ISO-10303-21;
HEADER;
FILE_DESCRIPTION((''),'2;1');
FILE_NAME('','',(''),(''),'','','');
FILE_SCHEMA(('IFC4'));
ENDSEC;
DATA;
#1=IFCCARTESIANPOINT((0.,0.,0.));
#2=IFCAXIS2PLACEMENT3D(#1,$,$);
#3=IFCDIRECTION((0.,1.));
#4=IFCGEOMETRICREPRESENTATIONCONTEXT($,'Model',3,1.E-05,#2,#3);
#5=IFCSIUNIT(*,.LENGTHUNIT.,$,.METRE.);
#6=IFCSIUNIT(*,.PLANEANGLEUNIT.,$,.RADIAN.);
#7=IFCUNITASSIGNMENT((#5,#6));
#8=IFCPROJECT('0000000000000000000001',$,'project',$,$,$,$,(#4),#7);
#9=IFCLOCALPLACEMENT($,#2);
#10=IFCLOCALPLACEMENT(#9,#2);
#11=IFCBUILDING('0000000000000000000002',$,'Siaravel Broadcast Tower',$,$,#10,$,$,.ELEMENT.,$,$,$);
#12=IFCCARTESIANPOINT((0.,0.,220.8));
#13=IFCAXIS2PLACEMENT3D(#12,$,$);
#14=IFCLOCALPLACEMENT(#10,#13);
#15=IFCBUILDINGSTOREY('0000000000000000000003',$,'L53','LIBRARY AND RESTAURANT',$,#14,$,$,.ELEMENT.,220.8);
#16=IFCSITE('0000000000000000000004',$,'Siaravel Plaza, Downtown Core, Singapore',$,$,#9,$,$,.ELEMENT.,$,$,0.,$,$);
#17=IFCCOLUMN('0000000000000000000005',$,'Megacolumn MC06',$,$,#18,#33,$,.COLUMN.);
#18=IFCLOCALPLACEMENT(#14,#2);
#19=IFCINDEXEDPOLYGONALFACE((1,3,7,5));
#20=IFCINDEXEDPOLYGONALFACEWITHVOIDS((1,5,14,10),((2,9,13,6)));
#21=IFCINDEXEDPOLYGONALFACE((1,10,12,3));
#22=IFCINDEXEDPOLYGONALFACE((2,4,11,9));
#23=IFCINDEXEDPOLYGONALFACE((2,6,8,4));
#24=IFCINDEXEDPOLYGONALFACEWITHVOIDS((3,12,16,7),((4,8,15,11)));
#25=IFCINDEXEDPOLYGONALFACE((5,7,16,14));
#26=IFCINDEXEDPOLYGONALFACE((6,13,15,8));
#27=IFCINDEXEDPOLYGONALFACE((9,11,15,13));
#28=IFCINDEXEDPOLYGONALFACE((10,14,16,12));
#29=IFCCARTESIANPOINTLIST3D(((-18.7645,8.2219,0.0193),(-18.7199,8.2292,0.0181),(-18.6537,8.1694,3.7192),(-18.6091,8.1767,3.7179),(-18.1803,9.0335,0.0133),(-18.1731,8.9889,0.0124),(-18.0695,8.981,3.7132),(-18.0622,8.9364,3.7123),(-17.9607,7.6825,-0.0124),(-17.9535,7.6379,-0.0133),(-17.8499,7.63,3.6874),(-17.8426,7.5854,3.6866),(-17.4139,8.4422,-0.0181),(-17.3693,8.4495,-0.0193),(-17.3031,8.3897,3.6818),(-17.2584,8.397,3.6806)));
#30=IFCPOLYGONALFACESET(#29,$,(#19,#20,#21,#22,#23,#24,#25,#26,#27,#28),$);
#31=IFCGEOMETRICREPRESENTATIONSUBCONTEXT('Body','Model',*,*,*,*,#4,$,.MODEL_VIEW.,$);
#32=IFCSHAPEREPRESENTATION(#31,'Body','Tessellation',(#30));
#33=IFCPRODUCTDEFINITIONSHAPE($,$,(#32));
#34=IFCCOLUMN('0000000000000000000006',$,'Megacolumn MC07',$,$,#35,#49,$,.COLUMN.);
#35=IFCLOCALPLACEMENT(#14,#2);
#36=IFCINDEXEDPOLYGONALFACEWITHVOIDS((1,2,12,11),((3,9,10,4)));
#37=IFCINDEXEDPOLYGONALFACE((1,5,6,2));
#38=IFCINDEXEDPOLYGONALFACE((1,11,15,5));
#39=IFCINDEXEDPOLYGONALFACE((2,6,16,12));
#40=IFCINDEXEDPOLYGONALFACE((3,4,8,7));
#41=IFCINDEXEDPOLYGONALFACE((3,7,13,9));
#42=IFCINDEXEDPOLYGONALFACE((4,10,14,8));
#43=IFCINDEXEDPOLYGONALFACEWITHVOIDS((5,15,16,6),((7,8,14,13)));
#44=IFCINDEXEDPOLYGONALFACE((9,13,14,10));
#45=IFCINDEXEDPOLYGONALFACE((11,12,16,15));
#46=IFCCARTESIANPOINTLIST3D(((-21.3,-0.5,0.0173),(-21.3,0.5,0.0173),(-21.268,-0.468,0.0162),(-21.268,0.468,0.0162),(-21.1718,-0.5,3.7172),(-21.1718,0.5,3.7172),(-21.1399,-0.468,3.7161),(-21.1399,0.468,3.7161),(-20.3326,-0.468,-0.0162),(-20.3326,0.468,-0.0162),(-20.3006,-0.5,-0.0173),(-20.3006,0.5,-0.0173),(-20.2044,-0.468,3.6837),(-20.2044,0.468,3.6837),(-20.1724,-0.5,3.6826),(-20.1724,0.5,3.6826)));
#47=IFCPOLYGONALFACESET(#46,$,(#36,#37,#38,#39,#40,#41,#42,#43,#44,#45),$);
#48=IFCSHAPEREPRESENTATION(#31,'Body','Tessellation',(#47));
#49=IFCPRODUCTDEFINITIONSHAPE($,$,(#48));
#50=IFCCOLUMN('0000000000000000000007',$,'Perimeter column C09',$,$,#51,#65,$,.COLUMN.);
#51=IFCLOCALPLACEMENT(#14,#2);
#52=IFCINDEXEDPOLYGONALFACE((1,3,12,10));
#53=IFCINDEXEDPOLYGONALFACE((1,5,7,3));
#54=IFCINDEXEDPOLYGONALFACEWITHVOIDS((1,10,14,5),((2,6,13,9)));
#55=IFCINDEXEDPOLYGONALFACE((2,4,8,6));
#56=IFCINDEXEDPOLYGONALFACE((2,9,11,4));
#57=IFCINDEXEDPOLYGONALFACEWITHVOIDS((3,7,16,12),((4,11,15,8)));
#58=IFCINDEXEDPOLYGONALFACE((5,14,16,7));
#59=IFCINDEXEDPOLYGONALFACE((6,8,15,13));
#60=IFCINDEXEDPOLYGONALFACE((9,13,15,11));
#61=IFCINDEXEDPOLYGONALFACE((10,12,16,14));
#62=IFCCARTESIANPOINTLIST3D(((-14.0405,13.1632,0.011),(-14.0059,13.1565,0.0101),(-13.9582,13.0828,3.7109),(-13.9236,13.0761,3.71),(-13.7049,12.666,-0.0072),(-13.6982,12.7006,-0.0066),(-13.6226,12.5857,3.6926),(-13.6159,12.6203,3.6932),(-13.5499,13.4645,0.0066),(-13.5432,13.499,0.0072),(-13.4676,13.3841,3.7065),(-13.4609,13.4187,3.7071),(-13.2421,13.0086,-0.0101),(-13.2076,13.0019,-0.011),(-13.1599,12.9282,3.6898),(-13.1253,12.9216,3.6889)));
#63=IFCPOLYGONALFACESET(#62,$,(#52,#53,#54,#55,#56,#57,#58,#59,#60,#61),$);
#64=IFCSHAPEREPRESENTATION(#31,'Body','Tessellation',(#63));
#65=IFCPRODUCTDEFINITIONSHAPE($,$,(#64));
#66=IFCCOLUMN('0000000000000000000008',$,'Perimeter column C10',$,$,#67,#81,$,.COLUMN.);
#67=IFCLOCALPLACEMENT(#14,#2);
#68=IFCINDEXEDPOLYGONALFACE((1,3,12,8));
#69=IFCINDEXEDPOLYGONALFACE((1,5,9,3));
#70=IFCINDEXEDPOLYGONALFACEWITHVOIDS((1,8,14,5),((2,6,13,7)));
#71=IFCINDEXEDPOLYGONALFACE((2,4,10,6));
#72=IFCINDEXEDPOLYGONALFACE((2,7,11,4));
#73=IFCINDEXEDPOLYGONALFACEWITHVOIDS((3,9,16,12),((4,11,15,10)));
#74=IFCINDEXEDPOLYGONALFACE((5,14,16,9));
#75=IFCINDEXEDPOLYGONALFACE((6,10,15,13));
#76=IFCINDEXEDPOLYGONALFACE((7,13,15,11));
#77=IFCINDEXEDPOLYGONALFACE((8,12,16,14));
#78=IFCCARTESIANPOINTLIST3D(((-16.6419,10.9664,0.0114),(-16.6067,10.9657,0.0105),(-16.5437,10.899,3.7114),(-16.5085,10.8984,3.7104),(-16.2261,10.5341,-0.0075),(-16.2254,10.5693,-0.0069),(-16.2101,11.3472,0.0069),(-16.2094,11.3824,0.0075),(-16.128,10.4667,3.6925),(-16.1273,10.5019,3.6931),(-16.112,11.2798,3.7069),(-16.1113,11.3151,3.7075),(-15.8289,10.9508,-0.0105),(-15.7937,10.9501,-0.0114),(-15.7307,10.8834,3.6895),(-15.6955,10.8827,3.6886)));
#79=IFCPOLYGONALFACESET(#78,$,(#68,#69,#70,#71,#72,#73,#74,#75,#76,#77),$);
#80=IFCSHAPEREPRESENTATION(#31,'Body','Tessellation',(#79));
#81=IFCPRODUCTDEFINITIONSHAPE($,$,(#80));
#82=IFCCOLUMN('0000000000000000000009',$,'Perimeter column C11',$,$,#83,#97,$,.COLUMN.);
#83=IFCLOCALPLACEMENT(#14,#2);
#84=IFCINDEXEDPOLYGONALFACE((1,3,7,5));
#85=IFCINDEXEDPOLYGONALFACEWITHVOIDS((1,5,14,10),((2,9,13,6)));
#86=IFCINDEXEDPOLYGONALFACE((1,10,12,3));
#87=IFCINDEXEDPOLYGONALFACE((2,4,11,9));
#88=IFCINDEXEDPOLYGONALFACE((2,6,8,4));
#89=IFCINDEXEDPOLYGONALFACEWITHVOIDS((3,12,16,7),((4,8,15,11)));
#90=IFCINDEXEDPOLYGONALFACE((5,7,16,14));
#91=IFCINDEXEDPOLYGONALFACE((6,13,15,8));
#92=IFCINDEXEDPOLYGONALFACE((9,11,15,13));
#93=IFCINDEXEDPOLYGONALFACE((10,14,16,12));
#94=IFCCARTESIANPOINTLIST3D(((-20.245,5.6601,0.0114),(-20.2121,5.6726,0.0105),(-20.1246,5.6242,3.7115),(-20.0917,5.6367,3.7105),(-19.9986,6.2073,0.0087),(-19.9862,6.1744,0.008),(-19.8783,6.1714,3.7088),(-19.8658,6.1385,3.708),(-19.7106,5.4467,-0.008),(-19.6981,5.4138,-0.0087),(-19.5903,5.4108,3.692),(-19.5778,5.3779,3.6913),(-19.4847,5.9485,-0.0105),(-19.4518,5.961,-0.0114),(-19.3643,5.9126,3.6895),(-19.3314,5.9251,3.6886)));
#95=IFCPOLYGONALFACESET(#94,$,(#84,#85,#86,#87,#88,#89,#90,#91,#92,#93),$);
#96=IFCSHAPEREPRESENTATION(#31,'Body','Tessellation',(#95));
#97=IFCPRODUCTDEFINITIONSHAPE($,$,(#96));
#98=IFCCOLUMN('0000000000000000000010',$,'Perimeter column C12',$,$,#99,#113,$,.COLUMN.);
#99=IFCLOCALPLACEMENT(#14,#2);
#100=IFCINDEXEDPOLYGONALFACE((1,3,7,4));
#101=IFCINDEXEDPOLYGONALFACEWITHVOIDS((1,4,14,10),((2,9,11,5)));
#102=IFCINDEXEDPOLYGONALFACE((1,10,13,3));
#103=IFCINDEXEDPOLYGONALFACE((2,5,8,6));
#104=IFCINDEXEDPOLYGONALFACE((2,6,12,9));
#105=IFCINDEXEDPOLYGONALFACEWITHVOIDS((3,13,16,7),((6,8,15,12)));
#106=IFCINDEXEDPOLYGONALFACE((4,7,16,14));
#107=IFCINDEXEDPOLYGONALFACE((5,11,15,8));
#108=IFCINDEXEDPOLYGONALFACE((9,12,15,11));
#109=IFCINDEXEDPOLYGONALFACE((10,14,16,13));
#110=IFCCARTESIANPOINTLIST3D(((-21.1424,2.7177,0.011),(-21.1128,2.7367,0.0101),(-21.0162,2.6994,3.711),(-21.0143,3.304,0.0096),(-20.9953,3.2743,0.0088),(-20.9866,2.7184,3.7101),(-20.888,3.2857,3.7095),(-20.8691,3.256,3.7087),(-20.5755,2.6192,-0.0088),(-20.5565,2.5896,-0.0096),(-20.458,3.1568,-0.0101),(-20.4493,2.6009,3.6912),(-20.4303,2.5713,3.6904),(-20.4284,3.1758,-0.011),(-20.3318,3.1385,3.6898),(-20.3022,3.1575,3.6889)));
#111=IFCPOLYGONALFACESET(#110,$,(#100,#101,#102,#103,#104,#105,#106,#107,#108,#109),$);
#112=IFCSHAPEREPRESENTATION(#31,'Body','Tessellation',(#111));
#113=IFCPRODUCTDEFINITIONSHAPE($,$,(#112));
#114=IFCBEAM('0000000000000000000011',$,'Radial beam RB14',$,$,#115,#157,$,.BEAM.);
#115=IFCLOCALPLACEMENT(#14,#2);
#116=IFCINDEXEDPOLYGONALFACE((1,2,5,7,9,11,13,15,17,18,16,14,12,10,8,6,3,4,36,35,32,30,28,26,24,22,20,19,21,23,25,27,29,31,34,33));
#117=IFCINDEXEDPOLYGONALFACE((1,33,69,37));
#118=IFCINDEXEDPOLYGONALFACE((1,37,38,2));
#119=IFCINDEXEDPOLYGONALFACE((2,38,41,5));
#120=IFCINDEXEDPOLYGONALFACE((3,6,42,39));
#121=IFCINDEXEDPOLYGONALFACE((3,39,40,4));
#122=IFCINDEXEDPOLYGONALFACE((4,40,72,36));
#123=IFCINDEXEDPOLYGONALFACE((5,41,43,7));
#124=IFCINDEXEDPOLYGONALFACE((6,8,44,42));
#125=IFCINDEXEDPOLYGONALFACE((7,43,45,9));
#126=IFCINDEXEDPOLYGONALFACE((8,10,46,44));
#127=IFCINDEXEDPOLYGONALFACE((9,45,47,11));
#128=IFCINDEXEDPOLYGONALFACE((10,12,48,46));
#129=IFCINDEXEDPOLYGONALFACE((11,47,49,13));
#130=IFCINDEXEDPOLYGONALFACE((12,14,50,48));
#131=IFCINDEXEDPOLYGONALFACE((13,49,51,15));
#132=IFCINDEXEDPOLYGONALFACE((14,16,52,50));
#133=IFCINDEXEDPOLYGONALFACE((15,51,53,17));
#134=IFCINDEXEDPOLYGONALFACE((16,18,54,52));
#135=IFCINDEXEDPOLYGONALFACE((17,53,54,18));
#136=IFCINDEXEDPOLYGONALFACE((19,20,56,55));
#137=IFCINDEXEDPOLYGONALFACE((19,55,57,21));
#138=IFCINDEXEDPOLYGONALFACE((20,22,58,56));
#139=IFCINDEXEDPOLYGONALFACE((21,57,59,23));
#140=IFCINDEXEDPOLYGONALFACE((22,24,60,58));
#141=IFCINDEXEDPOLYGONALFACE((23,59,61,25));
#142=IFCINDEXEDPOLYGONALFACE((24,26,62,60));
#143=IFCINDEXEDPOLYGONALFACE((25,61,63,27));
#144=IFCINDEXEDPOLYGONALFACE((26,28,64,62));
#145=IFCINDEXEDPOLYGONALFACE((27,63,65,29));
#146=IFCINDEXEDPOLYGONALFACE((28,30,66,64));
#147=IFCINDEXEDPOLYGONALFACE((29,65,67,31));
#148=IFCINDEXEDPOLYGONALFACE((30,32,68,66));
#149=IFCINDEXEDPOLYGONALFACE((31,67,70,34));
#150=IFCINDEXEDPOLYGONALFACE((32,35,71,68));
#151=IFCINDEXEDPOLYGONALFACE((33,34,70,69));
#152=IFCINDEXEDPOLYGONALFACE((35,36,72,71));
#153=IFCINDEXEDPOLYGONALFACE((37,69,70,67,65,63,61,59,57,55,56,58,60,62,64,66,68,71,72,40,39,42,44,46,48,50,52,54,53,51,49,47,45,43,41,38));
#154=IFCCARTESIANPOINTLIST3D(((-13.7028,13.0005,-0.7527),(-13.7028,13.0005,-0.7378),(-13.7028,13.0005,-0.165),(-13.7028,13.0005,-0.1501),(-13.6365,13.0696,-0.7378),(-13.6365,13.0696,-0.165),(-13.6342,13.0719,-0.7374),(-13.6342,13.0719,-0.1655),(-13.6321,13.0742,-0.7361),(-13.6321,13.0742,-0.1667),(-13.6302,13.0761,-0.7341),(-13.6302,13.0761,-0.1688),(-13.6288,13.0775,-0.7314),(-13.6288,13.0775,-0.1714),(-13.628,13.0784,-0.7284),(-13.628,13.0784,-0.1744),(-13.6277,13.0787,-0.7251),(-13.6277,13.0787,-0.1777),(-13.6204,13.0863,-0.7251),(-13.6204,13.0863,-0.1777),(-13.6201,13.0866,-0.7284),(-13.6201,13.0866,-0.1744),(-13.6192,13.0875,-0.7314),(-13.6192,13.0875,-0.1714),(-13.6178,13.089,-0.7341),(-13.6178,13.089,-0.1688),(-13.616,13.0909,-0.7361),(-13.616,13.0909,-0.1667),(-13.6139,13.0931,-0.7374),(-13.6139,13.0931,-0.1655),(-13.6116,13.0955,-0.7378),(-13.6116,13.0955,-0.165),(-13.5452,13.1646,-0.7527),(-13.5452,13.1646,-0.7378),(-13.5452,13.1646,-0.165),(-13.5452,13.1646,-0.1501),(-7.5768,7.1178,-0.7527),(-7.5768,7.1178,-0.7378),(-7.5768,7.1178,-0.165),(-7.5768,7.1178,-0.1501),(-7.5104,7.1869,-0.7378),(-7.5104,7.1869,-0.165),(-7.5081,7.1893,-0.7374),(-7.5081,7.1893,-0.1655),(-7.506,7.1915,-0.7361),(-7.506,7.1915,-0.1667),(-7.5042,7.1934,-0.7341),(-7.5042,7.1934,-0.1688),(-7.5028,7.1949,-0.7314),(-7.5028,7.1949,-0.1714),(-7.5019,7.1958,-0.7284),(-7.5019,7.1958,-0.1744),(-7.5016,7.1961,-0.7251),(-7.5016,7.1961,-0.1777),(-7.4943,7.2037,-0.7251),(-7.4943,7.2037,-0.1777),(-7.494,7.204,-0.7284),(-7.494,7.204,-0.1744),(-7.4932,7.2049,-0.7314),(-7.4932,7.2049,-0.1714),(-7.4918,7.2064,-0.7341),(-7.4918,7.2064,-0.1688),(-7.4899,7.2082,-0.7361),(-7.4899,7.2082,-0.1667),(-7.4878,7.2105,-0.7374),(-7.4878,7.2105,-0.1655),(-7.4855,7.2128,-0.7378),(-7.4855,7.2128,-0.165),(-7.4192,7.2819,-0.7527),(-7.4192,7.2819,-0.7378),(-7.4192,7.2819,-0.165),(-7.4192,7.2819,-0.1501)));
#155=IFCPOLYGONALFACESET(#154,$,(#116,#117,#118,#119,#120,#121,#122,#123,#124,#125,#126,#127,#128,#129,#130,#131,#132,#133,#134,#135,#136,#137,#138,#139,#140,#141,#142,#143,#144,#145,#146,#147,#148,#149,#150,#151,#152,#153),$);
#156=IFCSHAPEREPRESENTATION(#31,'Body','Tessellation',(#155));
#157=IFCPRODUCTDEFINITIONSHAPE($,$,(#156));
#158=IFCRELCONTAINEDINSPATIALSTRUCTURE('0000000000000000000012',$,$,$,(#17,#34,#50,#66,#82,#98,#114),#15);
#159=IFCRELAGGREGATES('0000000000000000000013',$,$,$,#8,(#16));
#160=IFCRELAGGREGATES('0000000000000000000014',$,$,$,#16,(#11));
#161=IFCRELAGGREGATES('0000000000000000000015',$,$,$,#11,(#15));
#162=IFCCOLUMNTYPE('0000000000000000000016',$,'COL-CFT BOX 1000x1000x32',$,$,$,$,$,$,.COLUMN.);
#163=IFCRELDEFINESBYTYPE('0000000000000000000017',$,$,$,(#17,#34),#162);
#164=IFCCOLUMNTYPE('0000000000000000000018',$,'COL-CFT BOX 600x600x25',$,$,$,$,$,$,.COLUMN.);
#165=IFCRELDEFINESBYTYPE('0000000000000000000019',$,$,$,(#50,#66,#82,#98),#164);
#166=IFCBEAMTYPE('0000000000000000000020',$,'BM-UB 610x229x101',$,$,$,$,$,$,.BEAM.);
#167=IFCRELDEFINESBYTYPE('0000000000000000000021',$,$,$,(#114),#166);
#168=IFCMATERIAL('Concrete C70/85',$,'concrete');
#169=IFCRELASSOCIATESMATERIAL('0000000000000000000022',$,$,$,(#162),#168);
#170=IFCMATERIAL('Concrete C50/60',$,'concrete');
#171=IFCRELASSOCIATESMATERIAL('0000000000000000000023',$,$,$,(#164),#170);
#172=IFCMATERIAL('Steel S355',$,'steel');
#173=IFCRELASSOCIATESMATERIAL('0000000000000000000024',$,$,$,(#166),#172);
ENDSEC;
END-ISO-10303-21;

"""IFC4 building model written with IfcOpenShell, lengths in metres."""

from ifc_helpers import new_model, si_unit, direction, frame, origin, origin_2d, place, context, subcontext, project, spatial, hollow_rectangle, i_section, extrude, material, material_profile, profile_set, type_object, element, save


model = new_model("IFC4")

# Units and contexts
model_context = context("Model", 3, precision=1e-05, world=origin(), true_north=direction((0.0, 1.0)))
body_context = subcontext(model_context, "Body", "Model", "MODEL_VIEW")
ifc_project = project(units=[si_unit("LENGTHUNIT", "METRE"), si_unit("PLANEANGLEUNIT", "RADIAN")], contexts=[model_context])

# Site, building, storey
site_placement = place(None, origin())
site = spatial("IfcSite", under=ifc_project, at=site_placement, Name="Siaravel Plaza, Downtown Core, Singapore", CompositionType="ELEMENT", RefElevation=0.0)
building_placement = place(site_placement, origin())
building = spatial("IfcBuilding", under=site, at=building_placement, Name="Siaravel Broadcast Tower", CompositionType="ELEMENT")
storey_placement = place(building_placement, frame((0.0, 0.0, 220.8)))
storey = spatial("IfcBuildingStorey", under=building, at=storey_placement, Name="L53", Description="LIBRARY AND RESTAURANT", CompositionType="ELEMENT", Elevation=220.8)

# Columns
ifc_material_1 = material(Name="Concrete C70/85", Category="concrete")
ifc_material_profile_1 = material_profile(ifc_material_1, hollow_rectangle(XDim=1.0, YDim=1.0, WallThickness=0.032, at=origin_2d()))
ifc_profile_set_1 = profile_set([ifc_material_profile_1], Name="Concrete C70/85")
column_type_1 = type_object("IfcColumnType", Name="COL-CFT BOX 1000x1000x32", PredefinedType="COLUMN", material=ifc_profile_set_1)
column_1_placement = place(storey_placement, frame((-18.0669, 8.3357, 0.0), z_axis=(0.029941, -0.014179, 0.999451), x_axis=(0.584185, 0.811599, -0.005987)))
element("IfcColumn", 1, at=column_1_placement, inside=storey, type_object=column_type_1, Name="Megacolumn MC06", PredefinedType="COLUMN", context=body_context, shape_type="SweptSolid", body=[
    extrude(hollow_rectangle(XDim=1.0, YDim=1.0, WallThickness=0.032, at=origin_2d()), origin(), (0.0, 0.0, 1.0), 3.7019),
])
column_2_placement = place(storey_placement, frame((-20.8003, 0.0, 0.0), z_axis=(0.034621, 0.0, 0.999401), x_axis=(0.0, 1.0, 0.0)))
element("IfcColumn", 2, at=column_2_placement, inside=storey, type_object=column_type_1, Name="Megacolumn MC07", PredefinedType="COLUMN", context=body_context, shape_type="SweptSolid", body=[
    extrude(hollow_rectangle(XDim=1.0, YDim=1.0, WallThickness=0.032, at=origin_2d()), origin(), (0.0, 0.0, 1.0), 3.7021),
])
ifc_material_2 = material(Name="Concrete C50/60", Category="concrete")
ifc_material_profile_2 = material_profile(ifc_material_2, hollow_rectangle(XDim=0.6001, YDim=0.6001, WallThickness=0.0249, at=origin_2d()))
ifc_profile_set_2 = profile_set([ifc_material_profile_2], Name="Concrete C50/60")
column_type_2 = type_object("IfcColumnType", Name="COL-CFT BOX 600x600x25", PredefinedType="COLUMN", material=ifc_profile_set_2)
column_3_placement = place(storey_placement, frame((-13.624, 13.0825, 0.0), z_axis=(0.022226, -0.021699, 0.999517), x_axis=(0.828692, 0.559669, -0.006278)))
element("IfcColumn", 3, at=column_3_placement, inside=storey, type_object=column_type_2, Name="Perimeter column C09", PredefinedType="COLUMN", context=body_context, shape_type="SweptSolid", body=[
    extrude(hollow_rectangle(XDim=0.6001, YDim=0.6001, WallThickness=0.0249, at=origin_2d()), origin(), (0.0, 0.0, 1.0), 3.7017),
])
column_4_placement = place(storey_placement, frame((-16.2178, 10.9583, 0.0), z_axis=(0.026512, -0.018202, 0.999483), x_axis=(0.720661, 0.693257, -0.006491)))
element("IfcColumn", 4, at=column_4_placement, inside=storey, type_object=column_type_2, Name="Perimeter column C10", PredefinedType="COLUMN", context=body_context, shape_type="SweptSolid", body=[
    extrude(hollow_rectangle(XDim=0.6001, YDim=0.6001, WallThickness=0.0249, at=origin_2d()), origin(), (0.0, 0.0, 1.0), 3.7019),
])
for number, where, z_axis, x_axis, name in (
    (5, (-19.8484, 5.8105, 0.0), (0.032512, -0.009694, 0.999424), (0.410538, 0.911832, -0.00451), "Perimeter column C11"),
    (6, (-20.7854, 2.9468, 0.0), (0.034094, -0.004946, 0.999406), (0.213572, 0.976924, -0.002451), "Perimeter column C12"),
):
    element("IfcColumn", number, at=place(storey_placement, frame(where, z_axis=z_axis, x_axis=x_axis)), inside=storey, type_object=column_type_2, Name=name, PredefinedType="COLUMN", context=body_context, shape_type="SweptSolid", body=[
        extrude(hollow_rectangle(XDim=0.6001, YDim=0.6001, WallThickness=0.0249, at=origin_2d()), origin(), (0.0, 0.0, 1.0), 3.7021),
    ])

# Beam
ifc_material_3 = material(Name="Steel S355", Category="steel")
ifc_material_profile_3 = material_profile(ifc_material_3, i_section(OverallWidth=0.2275, OverallDepth=0.6025, WebThickness=0.0105, FlangeThickness=0.0149, FilletRadius=0.0127, at=origin_2d()))
ifc_profile_set_3 = profile_set([ifc_material_profile_3], Name="Steel S355")
beam_type = type_object("IfcBeamType", Name="BM-UB 610x229x101", PredefinedType="BEAM", material=ifc_profile_set_3)
beam_1_placement = place(storey_placement, frame((-13.624, 13.0825, -0.4514), z_axis=(0.721291, -0.692632, 0.0), x_axis=(0.692632, 0.721291, 0.0)))
element("IfcBeam", 7, at=beam_1_placement, inside=storey, type_object=beam_type, Name="Radial beam RB14", PredefinedType="BEAM", context=body_context, shape_type="SweptSolid", body=[
    extrude(i_section(OverallWidth=0.2275, OverallDepth=0.6025, WebThickness=0.0105, FlangeThickness=0.0149, FilletRadius=0.0127, at=origin_2d()), origin(), (0.0, 0.0, 1.0), 8.4932),
])

save(model, "model.ifc")
